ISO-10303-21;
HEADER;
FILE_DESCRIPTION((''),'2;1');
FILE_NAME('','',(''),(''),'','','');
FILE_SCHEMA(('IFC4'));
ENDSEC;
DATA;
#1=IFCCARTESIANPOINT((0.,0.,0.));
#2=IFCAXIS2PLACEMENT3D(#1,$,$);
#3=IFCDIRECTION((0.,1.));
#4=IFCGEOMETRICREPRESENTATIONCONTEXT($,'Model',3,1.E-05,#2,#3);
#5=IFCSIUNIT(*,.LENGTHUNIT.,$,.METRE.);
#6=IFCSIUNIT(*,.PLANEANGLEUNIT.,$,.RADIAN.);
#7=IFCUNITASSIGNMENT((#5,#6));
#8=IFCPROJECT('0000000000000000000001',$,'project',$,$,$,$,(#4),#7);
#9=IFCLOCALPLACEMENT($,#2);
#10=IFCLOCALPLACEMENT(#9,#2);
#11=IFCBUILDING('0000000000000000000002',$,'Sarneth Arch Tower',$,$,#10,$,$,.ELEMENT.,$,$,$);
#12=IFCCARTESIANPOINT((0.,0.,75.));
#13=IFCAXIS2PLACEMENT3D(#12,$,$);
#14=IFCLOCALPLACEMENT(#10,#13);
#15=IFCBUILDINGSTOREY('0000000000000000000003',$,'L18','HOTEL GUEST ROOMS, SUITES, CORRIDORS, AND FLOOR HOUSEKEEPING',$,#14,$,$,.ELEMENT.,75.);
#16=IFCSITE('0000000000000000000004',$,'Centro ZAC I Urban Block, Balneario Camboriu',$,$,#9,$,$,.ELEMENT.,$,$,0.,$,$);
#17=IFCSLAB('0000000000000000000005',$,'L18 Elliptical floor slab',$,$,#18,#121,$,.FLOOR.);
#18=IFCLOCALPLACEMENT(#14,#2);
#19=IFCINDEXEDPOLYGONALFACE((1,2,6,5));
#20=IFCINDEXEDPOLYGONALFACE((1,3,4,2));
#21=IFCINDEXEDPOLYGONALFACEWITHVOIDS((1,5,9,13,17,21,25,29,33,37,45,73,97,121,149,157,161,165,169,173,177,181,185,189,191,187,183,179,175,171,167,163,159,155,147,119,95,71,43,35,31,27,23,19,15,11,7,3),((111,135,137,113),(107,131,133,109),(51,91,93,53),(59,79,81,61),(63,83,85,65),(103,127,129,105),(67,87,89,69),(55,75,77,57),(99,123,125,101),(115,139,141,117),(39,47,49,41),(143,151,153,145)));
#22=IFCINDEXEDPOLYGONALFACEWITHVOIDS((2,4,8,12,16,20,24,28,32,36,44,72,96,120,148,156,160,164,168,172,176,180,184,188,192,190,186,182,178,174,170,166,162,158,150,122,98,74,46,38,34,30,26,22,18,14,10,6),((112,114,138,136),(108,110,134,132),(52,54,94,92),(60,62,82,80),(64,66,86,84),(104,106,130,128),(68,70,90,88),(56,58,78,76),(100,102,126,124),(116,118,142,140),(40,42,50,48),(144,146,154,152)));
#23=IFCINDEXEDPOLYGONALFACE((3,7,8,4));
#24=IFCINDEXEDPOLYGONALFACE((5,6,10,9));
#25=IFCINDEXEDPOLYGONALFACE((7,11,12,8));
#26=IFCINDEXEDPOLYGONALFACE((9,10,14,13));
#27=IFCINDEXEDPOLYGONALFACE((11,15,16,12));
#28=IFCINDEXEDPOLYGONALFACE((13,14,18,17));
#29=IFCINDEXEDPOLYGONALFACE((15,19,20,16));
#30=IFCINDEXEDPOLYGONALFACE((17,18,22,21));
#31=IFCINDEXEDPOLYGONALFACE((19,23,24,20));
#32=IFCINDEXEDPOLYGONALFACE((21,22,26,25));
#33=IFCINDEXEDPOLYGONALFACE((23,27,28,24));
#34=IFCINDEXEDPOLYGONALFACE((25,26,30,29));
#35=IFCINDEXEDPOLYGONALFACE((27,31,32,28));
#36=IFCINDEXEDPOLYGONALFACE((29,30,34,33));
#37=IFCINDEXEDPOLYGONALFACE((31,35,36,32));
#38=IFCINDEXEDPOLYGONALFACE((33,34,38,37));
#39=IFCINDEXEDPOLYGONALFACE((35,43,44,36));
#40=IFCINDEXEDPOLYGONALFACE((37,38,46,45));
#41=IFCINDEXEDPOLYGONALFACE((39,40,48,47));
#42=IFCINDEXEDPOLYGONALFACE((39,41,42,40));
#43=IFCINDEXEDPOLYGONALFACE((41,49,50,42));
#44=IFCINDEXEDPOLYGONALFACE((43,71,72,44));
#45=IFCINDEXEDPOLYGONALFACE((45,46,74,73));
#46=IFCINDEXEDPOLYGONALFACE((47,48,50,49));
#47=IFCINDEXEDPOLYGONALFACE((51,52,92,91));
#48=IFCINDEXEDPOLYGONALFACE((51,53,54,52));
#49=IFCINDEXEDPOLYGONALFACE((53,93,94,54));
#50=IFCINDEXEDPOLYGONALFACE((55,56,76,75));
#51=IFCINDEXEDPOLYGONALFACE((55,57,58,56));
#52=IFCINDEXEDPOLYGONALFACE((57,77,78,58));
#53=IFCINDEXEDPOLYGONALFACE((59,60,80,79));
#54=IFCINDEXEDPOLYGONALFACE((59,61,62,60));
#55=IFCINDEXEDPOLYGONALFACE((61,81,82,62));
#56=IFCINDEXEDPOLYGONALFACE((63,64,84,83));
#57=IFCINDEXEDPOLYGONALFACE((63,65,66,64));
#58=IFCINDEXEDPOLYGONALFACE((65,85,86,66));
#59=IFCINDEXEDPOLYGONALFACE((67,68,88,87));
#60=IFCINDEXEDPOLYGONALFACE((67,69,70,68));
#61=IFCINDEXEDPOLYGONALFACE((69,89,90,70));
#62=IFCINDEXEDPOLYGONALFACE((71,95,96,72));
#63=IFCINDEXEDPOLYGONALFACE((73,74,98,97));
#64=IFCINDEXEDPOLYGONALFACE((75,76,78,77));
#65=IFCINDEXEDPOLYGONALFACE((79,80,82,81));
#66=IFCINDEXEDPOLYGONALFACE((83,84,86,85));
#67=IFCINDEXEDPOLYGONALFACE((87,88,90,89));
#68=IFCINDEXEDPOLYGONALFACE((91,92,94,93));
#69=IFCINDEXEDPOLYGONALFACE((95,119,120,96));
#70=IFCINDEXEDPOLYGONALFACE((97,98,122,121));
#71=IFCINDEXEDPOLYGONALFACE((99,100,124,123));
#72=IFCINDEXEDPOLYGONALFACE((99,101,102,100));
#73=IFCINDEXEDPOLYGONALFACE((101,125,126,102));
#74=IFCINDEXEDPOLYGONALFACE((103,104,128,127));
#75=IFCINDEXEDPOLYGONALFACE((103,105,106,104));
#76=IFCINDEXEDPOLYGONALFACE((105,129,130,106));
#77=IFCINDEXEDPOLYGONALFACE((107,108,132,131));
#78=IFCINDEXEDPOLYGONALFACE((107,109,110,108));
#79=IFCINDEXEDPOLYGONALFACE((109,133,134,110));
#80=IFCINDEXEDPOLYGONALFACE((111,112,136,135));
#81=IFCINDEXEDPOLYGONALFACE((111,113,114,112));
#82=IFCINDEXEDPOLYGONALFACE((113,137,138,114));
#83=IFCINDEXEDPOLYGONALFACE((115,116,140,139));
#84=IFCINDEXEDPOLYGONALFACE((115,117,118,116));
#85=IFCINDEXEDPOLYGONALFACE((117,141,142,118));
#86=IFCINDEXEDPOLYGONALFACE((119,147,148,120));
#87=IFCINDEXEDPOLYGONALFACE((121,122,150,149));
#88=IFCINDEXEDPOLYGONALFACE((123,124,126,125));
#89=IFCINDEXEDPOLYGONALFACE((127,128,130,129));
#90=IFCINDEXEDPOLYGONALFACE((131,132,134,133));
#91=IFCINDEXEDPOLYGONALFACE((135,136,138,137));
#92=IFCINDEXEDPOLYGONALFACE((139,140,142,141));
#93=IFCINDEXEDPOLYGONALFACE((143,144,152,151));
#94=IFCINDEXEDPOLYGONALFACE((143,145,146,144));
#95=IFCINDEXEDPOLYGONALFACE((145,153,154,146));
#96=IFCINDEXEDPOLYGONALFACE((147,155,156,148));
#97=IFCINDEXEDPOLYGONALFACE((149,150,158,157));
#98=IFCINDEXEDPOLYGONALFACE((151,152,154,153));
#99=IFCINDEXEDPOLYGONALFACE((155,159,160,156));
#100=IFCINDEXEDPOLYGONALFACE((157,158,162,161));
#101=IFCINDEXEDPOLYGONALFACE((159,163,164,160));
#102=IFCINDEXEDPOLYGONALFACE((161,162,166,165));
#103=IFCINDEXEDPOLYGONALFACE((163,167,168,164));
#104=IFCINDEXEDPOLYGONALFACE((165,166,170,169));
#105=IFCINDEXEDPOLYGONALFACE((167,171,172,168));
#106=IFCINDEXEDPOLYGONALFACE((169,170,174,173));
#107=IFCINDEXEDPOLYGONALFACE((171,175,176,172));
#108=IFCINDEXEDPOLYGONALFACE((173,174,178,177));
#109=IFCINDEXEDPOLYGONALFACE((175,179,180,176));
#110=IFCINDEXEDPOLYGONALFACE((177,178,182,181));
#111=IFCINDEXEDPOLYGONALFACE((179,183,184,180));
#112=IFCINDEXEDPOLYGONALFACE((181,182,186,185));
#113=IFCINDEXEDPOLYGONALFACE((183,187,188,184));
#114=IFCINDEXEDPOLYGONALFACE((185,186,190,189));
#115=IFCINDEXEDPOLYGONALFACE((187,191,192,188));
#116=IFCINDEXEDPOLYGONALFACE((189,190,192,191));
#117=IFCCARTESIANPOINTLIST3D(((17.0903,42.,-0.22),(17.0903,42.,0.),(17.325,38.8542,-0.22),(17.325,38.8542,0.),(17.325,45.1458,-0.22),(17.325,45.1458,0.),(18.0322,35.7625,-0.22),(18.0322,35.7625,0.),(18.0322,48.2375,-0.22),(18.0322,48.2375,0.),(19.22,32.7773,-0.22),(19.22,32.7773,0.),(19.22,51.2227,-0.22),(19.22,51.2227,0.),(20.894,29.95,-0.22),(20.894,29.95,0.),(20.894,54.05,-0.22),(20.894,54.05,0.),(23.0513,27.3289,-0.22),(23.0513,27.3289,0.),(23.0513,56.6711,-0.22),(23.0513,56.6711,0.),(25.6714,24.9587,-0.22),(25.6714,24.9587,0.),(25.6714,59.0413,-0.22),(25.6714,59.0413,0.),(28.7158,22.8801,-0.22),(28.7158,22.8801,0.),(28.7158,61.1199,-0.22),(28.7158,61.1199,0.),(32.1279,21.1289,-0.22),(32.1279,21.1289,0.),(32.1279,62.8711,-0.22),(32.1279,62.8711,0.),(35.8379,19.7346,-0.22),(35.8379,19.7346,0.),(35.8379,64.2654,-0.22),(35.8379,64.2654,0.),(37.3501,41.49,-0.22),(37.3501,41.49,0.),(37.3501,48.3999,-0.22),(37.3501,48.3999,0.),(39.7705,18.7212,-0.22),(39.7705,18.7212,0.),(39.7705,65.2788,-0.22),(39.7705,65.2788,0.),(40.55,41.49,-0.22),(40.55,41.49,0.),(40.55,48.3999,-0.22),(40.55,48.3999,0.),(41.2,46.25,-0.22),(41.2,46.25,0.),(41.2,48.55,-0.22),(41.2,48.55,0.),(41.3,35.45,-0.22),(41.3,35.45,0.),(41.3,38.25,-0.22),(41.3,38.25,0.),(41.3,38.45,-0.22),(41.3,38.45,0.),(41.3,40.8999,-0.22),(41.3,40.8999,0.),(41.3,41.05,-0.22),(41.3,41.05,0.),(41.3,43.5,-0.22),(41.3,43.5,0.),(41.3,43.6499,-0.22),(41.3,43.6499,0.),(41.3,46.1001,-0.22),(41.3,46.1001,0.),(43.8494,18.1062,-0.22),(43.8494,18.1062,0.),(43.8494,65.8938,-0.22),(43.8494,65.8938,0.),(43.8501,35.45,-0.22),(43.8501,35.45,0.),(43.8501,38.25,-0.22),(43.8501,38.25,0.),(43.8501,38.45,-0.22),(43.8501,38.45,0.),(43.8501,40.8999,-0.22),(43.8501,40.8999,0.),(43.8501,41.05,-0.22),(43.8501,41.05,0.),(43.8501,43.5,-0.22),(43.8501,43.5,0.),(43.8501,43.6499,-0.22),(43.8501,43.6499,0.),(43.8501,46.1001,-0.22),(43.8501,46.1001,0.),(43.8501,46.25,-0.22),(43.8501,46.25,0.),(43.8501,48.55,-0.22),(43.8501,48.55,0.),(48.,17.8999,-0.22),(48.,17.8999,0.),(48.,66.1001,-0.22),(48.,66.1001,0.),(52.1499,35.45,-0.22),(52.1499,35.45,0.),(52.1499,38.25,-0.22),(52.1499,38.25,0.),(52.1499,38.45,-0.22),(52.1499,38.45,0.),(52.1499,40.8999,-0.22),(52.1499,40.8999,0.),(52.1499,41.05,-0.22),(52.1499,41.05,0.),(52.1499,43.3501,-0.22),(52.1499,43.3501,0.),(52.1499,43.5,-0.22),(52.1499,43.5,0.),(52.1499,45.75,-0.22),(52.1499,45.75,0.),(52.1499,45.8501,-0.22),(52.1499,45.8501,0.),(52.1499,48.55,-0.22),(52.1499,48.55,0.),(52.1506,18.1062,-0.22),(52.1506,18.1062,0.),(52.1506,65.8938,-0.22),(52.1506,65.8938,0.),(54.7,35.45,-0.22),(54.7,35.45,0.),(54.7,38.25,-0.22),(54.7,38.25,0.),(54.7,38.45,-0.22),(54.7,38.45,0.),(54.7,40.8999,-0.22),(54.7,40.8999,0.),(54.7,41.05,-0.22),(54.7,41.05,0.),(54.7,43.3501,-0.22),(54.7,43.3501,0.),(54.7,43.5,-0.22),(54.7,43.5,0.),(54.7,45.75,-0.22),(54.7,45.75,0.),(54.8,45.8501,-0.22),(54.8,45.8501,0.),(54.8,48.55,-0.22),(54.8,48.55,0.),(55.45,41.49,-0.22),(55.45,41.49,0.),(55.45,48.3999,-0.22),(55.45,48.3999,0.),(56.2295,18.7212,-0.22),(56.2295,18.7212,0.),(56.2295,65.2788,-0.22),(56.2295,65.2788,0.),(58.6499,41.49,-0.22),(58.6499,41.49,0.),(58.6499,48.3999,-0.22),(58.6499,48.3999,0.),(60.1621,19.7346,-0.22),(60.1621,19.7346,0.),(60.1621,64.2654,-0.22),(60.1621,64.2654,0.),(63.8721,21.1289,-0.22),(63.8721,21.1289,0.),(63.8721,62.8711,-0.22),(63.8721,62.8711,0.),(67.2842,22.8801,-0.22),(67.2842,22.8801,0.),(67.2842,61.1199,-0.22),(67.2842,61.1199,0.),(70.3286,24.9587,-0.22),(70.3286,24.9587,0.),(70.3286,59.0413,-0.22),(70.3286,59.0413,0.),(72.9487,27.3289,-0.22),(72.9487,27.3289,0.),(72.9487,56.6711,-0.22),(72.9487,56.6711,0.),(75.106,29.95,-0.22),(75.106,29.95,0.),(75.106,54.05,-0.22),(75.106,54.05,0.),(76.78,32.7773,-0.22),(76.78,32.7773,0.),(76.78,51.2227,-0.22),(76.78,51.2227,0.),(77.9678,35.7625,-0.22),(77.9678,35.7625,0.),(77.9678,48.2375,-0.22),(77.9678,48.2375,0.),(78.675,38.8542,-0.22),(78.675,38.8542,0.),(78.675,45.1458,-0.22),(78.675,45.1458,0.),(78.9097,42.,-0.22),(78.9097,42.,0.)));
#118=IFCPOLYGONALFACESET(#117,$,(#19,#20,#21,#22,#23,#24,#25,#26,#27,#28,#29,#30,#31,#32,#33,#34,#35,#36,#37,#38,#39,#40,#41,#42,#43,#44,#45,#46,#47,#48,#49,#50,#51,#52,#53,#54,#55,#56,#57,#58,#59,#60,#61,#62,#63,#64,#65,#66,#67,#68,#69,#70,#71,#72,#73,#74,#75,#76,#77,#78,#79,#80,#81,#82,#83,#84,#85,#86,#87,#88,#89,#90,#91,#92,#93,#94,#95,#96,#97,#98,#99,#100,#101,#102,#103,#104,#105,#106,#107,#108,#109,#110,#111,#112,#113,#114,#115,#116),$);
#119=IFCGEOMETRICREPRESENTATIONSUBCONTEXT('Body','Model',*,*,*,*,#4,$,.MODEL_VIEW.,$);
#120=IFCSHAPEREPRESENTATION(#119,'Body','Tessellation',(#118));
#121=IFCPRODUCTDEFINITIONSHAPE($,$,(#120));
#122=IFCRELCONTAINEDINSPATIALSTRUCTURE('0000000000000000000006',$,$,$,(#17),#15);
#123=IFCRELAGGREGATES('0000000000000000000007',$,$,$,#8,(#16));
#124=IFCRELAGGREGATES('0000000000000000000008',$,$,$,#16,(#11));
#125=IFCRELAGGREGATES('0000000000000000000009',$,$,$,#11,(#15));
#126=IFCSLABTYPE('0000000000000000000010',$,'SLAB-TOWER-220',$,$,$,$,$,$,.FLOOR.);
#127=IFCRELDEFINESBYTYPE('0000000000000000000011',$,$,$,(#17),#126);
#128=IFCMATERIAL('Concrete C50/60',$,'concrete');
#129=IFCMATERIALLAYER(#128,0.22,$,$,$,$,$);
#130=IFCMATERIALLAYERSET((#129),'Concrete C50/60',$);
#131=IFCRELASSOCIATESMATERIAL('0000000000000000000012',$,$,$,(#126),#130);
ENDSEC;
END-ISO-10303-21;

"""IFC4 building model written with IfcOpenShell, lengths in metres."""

from ifc_helpers import new_model, si_unit, direction, frame, origin, place, context, subcontext, project, spatial, polyline, outline, extrude, material, layer, layer_set, type_object, element, save


model = new_model("IFC4")

# Units and contexts
model_context = context("Model", 3, precision=1e-05, world=origin(), true_north=direction((0.0, 1.0)))
body_context = subcontext(model_context, "Body", "Model", "MODEL_VIEW")
ifc_project = project(units=[si_unit("LENGTHUNIT", "METRE"), si_unit("PLANEANGLEUNIT", "RADIAN")], contexts=[model_context])

# Site, building, storey
site_placement = place(None, origin())
site = spatial("IfcSite", under=ifc_project, at=site_placement, Name="Centro ZAC I Urban Block, Balneario Camboriu", CompositionType="ELEMENT", RefElevation=0.0)
building_placement = place(site_placement, origin())
building = spatial("IfcBuilding", under=site, at=building_placement, Name="Sarneth Arch Tower", CompositionType="ELEMENT")
storey_placement = place(building_placement, frame((0.0, 0.0, 75.0)))
storey = spatial("IfcBuildingStorey", under=building, at=storey_placement, Name="L18", Description="HOTEL GUEST ROOMS, SUITES, CORRIDORS, AND FLOOR HOUSEKEEPING", CompositionType="ELEMENT", Elevation=75.0)

# Slab
ifc_material_1 = material(Name="Concrete C50/60", Category="concrete")
ifc_layer_1 = layer(ifc_material_1, 0.22)
ifc_layer_set_1 = layer_set([ifc_layer_1], Name="Concrete C50/60")
slab_type_1 = type_object("IfcSlabType", Name="SLAB-TOWER-220", PredefinedType="FLOOR", material=ifc_layer_set_1)
slab_1_placement = place(storey_placement, frame((0.0, 0.0, -0.22)))
element("IfcSlab", 1, at=slab_1_placement, inside=storey, type_object=slab_type_1, Name="L18 Elliptical floor slab", PredefinedType="FLOOR", context=body_context, shape_type="SweptSolid", body=[
    extrude(outline(polyline([(78.9097, 42.0), (78.675, 45.1458), (77.9678, 48.2375), (76.78, 51.2227), (75.106, 54.05), (72.9487, 56.6711), (70.3286, 59.0413), (67.2842, 61.1199), (63.8721, 62.8711), (60.1621, 64.2654), (56.2295, 65.2788), (52.1506, 65.8938), (48.0, 66.1001), (43.8494, 65.8938), (39.7705, 65.2788), (35.8379, 64.2654), (32.1279, 62.8711), (28.7158, 61.1199), (25.6714, 59.0413), (23.0513, 56.6711), (20.894, 54.05), (19.22, 51.2227), (18.0322, 48.2375), (17.325, 45.1458), (17.0903, 42.0), (17.325, 38.8542), (18.0322, 35.7625), (19.22, 32.7773), (20.894, 29.95), (23.0513, 27.3289), (25.6714, 24.9587), (28.7158, 22.8801), (32.1279, 21.1289), (35.8379, 19.7346), (39.7705, 18.7212), (43.8494, 18.1062), (48.0, 17.8999), (52.1506, 18.1062), (56.2295, 18.7212), (60.1621, 19.7346), (63.8721, 21.1289), (67.2842, 22.8801), (70.3286, 24.9587), (72.9487, 27.3289), (75.106, 29.95), (76.78, 32.7773), (77.9678, 35.7625), (78.675, 38.8542), (78.9097, 42.0)]), holes=[polyline([(37.3501, 41.49), (40.55, 41.49), (40.55, 48.3999), (37.3501, 48.3999), (37.3501, 41.49)]), polyline([(55.45, 41.49), (58.6499, 41.49), (58.6499, 48.3999), (55.45, 48.3999), (55.45, 41.49)]), polyline([(41.2, 46.25), (43.8501, 46.25), (43.8501, 48.55), (41.2, 48.55), (41.2, 46.25)]), polyline([(41.3, 35.45), (43.8501, 35.45), (43.8501, 38.25), (41.3, 38.25), (41.3, 35.45)]), polyline([(52.1499, 35.45), (54.7, 35.45), (54.7, 38.25), (52.1499, 38.25), (52.1499, 35.45)]), polyline([(52.1499, 45.8501), (54.8, 45.8501), (54.8, 48.55), (52.1499, 48.55), (52.1499, 45.8501)]), polyline([(41.3, 38.45), (43.8501, 38.45), (43.8501, 40.8999), (41.3, 40.8999), (41.3, 38.45)]), polyline([(41.3, 41.05), (43.8501, 41.05), (43.8501, 43.5), (41.3, 43.5), (41.3, 41.05)]), polyline([(41.3, 43.6499), (43.8501, 43.6499), (43.8501, 46.1001), (41.3, 46.1001), (41.3, 43.6499)]), polyline([(52.1499, 38.45), (54.7, 38.45), (54.7, 40.8999), (52.1499, 40.8999), (52.1499, 38.45)]), polyline([(52.1499, 41.05), (54.7, 41.05), (54.7, 43.3501), (52.1499, 43.3501), (52.1499, 41.05)]), polyline([(52.1499, 43.5), (54.7, 43.5), (54.7, 45.75), (52.1499, 45.75), (52.1499, 43.5)])]), origin(), (0.0, 0.0, 1.0), 0.22),
])

save(model, "model.ifc")
